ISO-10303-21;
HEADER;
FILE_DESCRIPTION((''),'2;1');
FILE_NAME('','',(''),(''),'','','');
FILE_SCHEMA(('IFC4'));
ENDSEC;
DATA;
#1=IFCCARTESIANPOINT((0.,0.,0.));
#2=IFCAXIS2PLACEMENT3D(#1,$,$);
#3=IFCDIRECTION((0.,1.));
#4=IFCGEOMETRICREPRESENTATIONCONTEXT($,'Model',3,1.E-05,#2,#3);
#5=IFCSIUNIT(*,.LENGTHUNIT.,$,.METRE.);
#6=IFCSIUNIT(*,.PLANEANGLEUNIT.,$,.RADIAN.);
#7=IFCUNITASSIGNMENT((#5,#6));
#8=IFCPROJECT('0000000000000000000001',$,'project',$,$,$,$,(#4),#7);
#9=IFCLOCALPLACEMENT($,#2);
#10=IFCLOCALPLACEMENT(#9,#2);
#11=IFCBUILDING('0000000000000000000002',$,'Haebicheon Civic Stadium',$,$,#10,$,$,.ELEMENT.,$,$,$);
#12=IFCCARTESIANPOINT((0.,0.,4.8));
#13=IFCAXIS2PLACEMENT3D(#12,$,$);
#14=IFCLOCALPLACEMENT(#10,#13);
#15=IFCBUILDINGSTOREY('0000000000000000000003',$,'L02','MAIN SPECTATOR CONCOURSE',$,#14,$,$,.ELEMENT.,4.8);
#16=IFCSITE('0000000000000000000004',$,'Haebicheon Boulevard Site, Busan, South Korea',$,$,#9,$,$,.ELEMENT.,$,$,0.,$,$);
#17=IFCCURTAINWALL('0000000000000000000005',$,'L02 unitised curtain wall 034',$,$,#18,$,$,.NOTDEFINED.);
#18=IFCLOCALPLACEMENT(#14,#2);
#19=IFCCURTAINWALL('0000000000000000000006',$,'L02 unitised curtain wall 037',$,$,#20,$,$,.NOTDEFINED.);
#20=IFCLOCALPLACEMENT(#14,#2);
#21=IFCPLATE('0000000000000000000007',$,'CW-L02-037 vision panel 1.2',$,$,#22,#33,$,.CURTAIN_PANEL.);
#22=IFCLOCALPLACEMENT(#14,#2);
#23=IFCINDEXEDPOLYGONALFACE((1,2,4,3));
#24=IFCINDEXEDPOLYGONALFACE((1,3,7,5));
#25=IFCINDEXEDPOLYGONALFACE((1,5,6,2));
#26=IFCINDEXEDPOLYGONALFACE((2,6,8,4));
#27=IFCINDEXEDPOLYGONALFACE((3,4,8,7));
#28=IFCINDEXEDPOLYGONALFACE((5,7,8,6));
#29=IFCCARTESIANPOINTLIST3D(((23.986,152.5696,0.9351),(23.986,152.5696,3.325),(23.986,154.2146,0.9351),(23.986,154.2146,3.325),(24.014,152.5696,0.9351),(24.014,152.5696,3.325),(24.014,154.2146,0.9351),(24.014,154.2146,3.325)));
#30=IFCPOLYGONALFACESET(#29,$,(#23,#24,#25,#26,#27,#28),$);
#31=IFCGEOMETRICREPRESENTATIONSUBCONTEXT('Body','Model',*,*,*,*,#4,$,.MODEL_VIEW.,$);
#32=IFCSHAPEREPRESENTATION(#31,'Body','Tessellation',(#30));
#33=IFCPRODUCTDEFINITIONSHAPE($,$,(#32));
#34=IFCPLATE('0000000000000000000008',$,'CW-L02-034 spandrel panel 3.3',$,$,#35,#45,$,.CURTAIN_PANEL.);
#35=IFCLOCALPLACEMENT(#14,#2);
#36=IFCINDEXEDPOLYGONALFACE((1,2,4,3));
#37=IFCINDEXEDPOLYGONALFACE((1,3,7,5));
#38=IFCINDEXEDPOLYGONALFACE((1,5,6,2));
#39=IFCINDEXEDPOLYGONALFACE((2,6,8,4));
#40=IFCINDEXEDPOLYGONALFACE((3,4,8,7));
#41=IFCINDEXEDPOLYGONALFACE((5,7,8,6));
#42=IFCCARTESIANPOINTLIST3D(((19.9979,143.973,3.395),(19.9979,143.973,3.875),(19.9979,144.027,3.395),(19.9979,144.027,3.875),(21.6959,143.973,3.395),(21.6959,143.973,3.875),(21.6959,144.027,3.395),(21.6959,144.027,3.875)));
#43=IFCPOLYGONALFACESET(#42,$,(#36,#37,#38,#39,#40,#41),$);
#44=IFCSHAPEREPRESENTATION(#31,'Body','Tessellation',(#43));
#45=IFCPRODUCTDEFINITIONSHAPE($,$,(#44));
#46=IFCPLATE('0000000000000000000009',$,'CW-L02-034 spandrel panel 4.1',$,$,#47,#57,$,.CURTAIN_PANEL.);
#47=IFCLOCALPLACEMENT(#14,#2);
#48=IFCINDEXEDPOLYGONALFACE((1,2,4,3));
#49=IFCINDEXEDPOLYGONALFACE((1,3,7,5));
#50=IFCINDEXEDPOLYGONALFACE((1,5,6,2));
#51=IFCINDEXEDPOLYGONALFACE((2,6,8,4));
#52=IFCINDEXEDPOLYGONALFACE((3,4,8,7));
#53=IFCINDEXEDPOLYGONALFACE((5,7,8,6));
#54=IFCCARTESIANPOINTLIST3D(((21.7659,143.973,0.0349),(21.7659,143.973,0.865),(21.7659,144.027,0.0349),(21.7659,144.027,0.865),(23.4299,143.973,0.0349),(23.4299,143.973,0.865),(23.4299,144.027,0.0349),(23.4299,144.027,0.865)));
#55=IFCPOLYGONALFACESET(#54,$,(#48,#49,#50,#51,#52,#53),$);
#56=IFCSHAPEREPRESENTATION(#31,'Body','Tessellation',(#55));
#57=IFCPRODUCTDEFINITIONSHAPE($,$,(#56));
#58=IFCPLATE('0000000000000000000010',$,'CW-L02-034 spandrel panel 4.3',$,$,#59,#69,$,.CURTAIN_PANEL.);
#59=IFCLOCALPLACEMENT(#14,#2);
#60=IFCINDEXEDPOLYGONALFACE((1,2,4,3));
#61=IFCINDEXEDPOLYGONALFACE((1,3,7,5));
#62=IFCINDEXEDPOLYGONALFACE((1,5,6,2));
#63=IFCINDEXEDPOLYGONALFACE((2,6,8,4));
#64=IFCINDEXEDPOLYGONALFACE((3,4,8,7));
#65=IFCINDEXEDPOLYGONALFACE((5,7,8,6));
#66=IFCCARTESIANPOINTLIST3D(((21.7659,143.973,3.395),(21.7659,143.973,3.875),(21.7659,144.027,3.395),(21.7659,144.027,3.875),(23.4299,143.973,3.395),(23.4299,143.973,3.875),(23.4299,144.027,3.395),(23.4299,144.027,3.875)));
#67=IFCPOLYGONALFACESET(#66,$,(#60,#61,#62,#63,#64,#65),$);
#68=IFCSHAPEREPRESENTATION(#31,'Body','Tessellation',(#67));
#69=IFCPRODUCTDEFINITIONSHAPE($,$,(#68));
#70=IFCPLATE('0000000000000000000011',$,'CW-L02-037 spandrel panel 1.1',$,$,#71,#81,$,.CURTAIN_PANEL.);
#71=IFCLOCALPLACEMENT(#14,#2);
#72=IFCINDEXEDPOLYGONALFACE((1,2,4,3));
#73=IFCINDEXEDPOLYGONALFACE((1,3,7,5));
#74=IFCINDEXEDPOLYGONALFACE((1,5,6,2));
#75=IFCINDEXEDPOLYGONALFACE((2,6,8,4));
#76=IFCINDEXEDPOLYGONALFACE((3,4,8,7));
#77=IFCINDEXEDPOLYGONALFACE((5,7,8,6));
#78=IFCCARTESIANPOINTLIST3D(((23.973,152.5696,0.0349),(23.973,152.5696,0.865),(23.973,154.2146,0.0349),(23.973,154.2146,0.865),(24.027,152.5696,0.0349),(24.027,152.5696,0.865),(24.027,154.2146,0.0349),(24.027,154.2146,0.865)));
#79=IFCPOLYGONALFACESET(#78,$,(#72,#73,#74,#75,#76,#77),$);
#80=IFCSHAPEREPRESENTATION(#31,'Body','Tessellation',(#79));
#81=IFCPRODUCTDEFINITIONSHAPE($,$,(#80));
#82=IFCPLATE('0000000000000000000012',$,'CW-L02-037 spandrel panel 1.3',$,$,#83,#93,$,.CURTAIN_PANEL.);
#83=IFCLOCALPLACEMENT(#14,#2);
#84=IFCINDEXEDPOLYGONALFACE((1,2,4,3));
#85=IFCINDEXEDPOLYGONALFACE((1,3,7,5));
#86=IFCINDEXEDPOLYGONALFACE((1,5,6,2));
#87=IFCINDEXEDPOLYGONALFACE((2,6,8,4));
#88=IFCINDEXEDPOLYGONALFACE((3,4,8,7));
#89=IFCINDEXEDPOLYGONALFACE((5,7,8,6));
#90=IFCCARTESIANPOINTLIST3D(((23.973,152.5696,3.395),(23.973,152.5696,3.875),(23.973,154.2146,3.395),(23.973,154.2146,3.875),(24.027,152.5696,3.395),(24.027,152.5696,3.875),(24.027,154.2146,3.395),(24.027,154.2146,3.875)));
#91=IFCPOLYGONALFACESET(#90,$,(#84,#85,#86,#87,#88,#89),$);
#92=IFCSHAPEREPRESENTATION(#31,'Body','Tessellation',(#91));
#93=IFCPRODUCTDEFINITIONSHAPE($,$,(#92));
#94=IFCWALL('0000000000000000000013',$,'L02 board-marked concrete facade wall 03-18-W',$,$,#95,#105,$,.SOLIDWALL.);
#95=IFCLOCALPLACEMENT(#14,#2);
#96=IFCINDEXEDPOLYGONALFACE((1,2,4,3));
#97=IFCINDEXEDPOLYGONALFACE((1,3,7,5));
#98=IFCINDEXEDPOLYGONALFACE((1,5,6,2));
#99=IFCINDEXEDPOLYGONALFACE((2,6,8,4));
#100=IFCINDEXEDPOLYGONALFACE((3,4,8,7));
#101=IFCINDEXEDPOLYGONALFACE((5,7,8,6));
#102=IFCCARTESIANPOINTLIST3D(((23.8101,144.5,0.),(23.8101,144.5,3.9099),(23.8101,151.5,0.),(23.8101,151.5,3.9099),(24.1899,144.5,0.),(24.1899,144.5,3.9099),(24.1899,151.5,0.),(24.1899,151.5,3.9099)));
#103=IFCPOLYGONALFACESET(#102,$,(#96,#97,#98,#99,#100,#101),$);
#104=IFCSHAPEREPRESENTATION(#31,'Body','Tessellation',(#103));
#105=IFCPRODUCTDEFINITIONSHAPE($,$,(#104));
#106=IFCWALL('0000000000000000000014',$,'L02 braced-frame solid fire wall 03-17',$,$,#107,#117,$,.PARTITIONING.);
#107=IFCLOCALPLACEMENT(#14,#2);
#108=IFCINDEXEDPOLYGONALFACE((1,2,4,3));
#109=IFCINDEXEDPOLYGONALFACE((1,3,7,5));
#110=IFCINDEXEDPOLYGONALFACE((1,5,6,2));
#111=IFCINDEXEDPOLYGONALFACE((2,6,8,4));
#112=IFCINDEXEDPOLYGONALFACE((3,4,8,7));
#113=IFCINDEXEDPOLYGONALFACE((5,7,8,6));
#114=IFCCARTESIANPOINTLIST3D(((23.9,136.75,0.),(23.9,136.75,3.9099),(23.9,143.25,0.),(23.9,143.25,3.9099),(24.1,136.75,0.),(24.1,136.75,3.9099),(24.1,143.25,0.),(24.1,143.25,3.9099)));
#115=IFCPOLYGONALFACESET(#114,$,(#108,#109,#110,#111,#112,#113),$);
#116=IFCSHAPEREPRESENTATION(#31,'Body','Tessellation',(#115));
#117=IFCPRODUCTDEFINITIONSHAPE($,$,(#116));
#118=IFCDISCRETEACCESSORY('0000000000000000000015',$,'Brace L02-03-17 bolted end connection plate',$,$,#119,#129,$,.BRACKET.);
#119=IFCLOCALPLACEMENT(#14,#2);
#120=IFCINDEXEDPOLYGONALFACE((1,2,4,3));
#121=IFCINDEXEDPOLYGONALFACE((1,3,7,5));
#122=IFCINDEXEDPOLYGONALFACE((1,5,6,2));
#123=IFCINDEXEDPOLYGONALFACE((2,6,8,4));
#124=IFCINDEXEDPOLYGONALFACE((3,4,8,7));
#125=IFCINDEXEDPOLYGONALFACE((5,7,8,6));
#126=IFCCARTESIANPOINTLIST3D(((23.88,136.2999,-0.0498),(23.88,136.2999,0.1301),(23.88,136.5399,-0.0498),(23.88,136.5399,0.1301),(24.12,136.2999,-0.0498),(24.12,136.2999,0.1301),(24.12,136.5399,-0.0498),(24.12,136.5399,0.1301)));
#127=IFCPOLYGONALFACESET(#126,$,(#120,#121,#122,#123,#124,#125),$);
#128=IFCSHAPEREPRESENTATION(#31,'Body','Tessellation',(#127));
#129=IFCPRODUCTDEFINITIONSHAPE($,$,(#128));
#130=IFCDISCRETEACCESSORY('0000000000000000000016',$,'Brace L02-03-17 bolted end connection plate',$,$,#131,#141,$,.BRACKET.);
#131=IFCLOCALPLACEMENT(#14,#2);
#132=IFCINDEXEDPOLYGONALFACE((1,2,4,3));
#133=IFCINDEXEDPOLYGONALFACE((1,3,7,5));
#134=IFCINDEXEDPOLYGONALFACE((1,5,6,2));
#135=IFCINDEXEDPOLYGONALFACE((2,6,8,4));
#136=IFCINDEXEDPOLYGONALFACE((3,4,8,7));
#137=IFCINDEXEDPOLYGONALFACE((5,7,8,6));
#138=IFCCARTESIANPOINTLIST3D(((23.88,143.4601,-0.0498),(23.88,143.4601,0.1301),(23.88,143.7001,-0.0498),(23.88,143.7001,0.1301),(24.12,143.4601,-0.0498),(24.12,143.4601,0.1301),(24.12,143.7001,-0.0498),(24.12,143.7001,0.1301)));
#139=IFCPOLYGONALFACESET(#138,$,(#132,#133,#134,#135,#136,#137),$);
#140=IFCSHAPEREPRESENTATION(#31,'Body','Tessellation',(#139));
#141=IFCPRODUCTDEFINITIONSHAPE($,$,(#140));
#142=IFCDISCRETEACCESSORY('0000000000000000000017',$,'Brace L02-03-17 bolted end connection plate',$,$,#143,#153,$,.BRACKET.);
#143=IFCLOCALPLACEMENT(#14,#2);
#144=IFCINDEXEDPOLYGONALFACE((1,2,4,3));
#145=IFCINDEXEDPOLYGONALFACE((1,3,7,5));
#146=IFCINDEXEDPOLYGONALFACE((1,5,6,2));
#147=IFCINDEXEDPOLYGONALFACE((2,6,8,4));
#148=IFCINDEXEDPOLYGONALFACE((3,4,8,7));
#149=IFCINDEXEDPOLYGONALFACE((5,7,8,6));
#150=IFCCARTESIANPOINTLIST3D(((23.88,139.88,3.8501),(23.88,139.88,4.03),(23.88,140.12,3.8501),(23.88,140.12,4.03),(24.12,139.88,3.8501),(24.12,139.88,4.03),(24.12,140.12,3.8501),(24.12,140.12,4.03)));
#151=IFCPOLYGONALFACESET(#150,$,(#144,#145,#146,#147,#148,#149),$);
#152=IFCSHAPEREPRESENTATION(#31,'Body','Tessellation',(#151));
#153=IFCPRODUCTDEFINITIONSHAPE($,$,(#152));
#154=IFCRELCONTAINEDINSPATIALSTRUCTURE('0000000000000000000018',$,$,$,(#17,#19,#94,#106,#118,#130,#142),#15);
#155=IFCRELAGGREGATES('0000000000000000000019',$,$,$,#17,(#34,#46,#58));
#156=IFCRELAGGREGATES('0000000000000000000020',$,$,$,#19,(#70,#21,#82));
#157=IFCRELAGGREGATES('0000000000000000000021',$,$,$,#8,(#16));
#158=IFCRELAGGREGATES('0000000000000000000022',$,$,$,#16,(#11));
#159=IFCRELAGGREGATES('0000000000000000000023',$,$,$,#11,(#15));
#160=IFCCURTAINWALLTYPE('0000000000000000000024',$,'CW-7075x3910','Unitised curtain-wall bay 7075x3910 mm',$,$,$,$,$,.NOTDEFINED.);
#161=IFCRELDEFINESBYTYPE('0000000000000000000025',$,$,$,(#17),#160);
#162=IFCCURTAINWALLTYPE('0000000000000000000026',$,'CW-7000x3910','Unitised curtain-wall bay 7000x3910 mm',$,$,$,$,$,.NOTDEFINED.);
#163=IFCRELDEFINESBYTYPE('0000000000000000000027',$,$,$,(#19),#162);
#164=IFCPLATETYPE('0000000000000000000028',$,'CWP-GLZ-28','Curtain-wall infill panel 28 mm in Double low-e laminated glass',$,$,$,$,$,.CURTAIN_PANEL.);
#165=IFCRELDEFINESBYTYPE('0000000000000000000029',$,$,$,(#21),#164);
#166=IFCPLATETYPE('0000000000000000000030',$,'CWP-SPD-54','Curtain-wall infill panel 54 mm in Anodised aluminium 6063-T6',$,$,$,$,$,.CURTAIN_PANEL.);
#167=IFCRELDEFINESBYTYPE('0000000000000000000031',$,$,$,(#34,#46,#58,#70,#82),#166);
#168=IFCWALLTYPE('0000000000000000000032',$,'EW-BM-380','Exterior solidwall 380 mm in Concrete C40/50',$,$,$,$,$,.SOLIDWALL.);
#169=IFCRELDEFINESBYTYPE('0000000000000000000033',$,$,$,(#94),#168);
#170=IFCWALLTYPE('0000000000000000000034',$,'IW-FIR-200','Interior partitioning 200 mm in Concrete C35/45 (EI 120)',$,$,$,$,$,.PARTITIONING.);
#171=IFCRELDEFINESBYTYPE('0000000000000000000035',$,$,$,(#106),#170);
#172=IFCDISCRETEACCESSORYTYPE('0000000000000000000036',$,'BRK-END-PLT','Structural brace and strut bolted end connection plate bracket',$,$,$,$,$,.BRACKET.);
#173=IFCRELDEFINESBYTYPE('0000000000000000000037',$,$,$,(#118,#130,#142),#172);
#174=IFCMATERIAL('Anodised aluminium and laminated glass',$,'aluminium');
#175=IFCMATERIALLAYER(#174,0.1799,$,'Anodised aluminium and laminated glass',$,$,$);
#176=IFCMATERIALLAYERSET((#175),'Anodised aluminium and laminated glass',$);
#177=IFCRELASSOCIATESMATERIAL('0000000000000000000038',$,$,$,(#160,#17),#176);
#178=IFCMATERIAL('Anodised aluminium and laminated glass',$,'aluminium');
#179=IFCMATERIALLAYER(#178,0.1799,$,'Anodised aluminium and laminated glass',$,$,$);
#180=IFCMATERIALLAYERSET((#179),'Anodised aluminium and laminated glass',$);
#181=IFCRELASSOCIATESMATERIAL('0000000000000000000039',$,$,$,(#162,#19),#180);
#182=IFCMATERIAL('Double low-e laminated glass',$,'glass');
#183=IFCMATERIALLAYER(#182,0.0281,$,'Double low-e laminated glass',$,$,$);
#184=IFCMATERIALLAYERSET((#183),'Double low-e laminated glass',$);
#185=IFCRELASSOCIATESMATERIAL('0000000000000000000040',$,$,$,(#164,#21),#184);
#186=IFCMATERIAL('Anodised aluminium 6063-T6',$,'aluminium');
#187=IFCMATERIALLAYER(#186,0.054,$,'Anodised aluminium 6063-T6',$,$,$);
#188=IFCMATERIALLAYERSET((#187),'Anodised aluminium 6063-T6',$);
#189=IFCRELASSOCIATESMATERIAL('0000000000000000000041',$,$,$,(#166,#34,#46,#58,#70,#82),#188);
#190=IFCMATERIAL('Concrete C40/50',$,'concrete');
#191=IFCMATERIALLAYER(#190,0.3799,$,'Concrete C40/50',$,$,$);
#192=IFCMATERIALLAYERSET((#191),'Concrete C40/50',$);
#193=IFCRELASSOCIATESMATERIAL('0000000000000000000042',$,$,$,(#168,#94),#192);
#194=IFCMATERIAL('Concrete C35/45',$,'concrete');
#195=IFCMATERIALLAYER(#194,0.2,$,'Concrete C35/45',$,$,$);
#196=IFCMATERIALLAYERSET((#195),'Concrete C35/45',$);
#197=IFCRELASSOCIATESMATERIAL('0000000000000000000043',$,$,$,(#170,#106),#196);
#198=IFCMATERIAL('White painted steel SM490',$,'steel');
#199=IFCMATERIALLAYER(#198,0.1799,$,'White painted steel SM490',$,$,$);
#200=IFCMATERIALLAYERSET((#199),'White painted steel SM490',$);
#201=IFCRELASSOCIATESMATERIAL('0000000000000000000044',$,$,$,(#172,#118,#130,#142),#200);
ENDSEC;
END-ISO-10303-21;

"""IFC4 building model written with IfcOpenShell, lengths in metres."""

from ifc_helpers import new_model, si_unit, direction, frame, frame_2d, origin, origin_2d, place, context, subcontext, project, spatial, rectangle, extrude, material, layer, layer_set, type_object, element, aggregate, save


model = new_model("IFC4")

# Units and contexts
model_context = context("Model", 3, precision=1e-05, world=origin(), true_north=direction((0.0, 1.0)))
body_context = subcontext(model_context, "Body", "Model", "MODEL_VIEW")
ifc_project = project(units=[si_unit("LENGTHUNIT", "METRE"), si_unit("PLANEANGLEUNIT", "RADIAN")], contexts=[model_context])

# Site, building, storey
site_placement = place(None, origin())
site = spatial("IfcSite", under=ifc_project, at=site_placement, Name="Haebicheon Boulevard Site, Busan, South Korea", CompositionType="ELEMENT", RefElevation=0.0)
building_placement = place(site_placement, origin())
building = spatial("IfcBuilding", under=site, at=building_placement, Name="Haebicheon Civic Stadium", CompositionType="ELEMENT")
storey_placement = place(building_placement, frame((0.0, 0.0, 4.8)))
storey = spatial("IfcBuildingStorey", under=building, at=storey_placement, Name="L02", Description="MAIN SPECTATOR CONCOURSE", CompositionType="ELEMENT", Elevation=4.8)

# Curtain walls
ifc_material_1 = material(Name="Anodised aluminium and laminated glass", Category="aluminium")
ifc_layer_1 = layer(ifc_material_1, 0.1799, Name="Anodised aluminium and laminated glass")
ifc_layer_set_1 = layer_set([ifc_layer_1], Name="Anodised aluminium and laminated glass")
curtain_wall_type_1 = type_object("IfcCurtainWallType", Name="CW-7075x3910", Description="Unitised curtain-wall bay 7075x3910 mm", PredefinedType="NOTDEFINED", material=ifc_layer_set_1)
curtain_wall_1_placement = place(storey_placement, origin())
curtain_wall_1 = element("IfcCurtainWall", 1, at=curtain_wall_1_placement, inside=storey, type_object=curtain_wall_type_1, material=ifc_layer_set_1, Name="L02 unitised curtain wall 034", PredefinedType="NOTDEFINED")
ifc_material_2 = material(Name="Anodised aluminium and laminated glass", Category="aluminium")
ifc_layer_2 = layer(ifc_material_2, 0.1799, Name="Anodised aluminium and laminated glass")
ifc_layer_set_2 = layer_set([ifc_layer_2], Name="Anodised aluminium and laminated glass")
curtain_wall_type_2 = type_object("IfcCurtainWallType", Name="CW-7000x3910", Description="Unitised curtain-wall bay 7000x3910 mm", PredefinedType="NOTDEFINED", material=ifc_layer_set_2)
curtain_wall_2_placement = place(storey_placement, origin())
curtain_wall_2 = element("IfcCurtainWall", 2, at=curtain_wall_2_placement, inside=storey, type_object=curtain_wall_type_2, material=ifc_layer_set_2, Name="L02 unitised curtain wall 037", PredefinedType="NOTDEFINED")

# Plates
ifc_material_3 = material(Name="Double low-e laminated glass", Category="glass")
ifc_layer_3 = layer(ifc_material_3, 0.0281, Name="Double low-e laminated glass")
ifc_layer_set_3 = layer_set([ifc_layer_3], Name="Double low-e laminated glass")
plate_type_1 = type_object("IfcPlateType", Name="CWP-GLZ-28", Description="Curtain-wall infill panel 28 mm in Double low-e laminated glass", PredefinedType="CURTAIN_PANEL", material=ifc_layer_set_3)
plate_1_placement = place(storey_placement, frame((24.0, 153.3921, 0.9351), z_axis=(0.0, 0.0, 1.0), x_axis=(0.0, 1.0, 0.0)))
plate_1 = element("IfcPlate", 3, at=plate_1_placement, type_object=plate_type_1, material=ifc_layer_set_3, Name="CW-L02-037 vision panel 1.2", PredefinedType="CURTAIN_PANEL", context=body_context, shape_type="SweptSolid", body=[
    extrude(rectangle(XDim=1.645, YDim=0.0281, at=origin_2d()), origin(), (0.0, 0.0, 1.0), 2.3899),
])
ifc_material_4 = material(Name="Anodised aluminium 6063-T6", Category="aluminium")
ifc_layer_4 = layer(ifc_material_4, 0.054, Name="Anodised aluminium 6063-T6")
ifc_layer_set_4 = layer_set([ifc_layer_4], Name="Anodised aluminium 6063-T6")
plate_type_2 = type_object("IfcPlateType", Name="CWP-SPD-54", Description="Curtain-wall infill panel 54 mm in Anodised aluminium 6063-T6", PredefinedType="CURTAIN_PANEL", material=ifc_layer_set_4)
plate_2_placement = place(storey_placement, frame((20.8469, 144.0, 3.395), z_axis=(0.0, 0.0, 1.0), x_axis=(1.0, 0.0, 0.0)))
plate_2 = element("IfcPlate", 4, at=plate_2_placement, type_object=plate_type_2, material=ifc_layer_set_4, Name="CW-L02-034 spandrel panel 3.3", PredefinedType="CURTAIN_PANEL", context=body_context, shape_type="SweptSolid", body=[
    extrude(rectangle(XDim=1.698, YDim=0.054, at=origin_2d()), origin(), (0.0, 0.0, 1.0), 0.48),
])
plate_3_placement = place(storey_placement, frame((22.5979, 144.0, 0.0349), z_axis=(0.0, 0.0, 1.0), x_axis=(1.0, 0.0, 0.0)))
plate_3 = element("IfcPlate", 5, at=plate_3_placement, type_object=plate_type_2, material=ifc_layer_set_4, Name="CW-L02-034 spandrel panel 4.1", PredefinedType="CURTAIN_PANEL", context=body_context, shape_type="SweptSolid", body=[
    extrude(rectangle(XDim=1.6641, YDim=0.054, at=origin_2d()), origin(), (0.0, 0.0, 1.0), 0.8301),
])
plate_4_placement = place(storey_placement, frame((22.5979, 144.0, 3.395), z_axis=(0.0, 0.0, 1.0), x_axis=(1.0, 0.0, 0.0)))
plate_4 = element("IfcPlate", 6, at=plate_4_placement, type_object=plate_type_2, material=ifc_layer_set_4, Name="CW-L02-034 spandrel panel 4.3", PredefinedType="CURTAIN_PANEL", context=body_context, shape_type="SweptSolid", body=[
    extrude(rectangle(XDim=1.6641, YDim=0.054, at=origin_2d()), origin(), (0.0, 0.0, 1.0), 0.48),
])
aggregate(curtain_wall_1, [plate_2, plate_3, plate_4])
plate_5_placement = place(storey_placement, frame((24.0, 153.3921, 0.0349), z_axis=(0.0, 0.0, 1.0), x_axis=(0.0, 1.0, 0.0)))
plate_5 = element("IfcPlate", 7, at=plate_5_placement, type_object=plate_type_2, material=ifc_layer_set_4, Name="CW-L02-037 spandrel panel 1.1", PredefinedType="CURTAIN_PANEL", context=body_context, shape_type="SweptSolid", body=[
    extrude(rectangle(XDim=1.645, YDim=0.054, at=origin_2d()), origin(), (0.0, 0.0, 1.0), 0.8301),
])
plate_6_placement = place(storey_placement, frame((24.0, 153.3921, 3.395), z_axis=(0.0, 0.0, 1.0), x_axis=(0.0, 1.0, 0.0)))
plate_6 = element("IfcPlate", 8, at=plate_6_placement, type_object=plate_type_2, material=ifc_layer_set_4, Name="CW-L02-037 spandrel panel 1.3", PredefinedType="CURTAIN_PANEL", context=body_context, shape_type="SweptSolid", body=[
    extrude(rectangle(XDim=1.645, YDim=0.054, at=origin_2d()), origin(), (0.0, 0.0, 1.0), 0.48),
])
aggregate(curtain_wall_2, [plate_5, plate_1, plate_6])

# Walls
ifc_material_5 = material(Name="Concrete C40/50", Category="concrete")
ifc_layer_5 = layer(ifc_material_5, 0.3799, Name="Concrete C40/50")
ifc_layer_set_5 = layer_set([ifc_layer_5], Name="Concrete C40/50")
wall_type_1 = type_object("IfcWallType", Name="EW-BM-380", Description="Exterior solidwall 380 mm in Concrete C40/50", PredefinedType="SOLIDWALL", material=ifc_layer_set_5)
wall_1_placement = place(storey_placement, frame((24.0, 144.5, 0.0), z_axis=(0.0, 0.0, 1.0), x_axis=(0.0, 1.0, 0.0)))
element("IfcWall", 9, at=wall_1_placement, inside=storey, type_object=wall_type_1, material=ifc_layer_set_5, Name="L02 board-marked concrete facade wall 03-18-W", PredefinedType="SOLIDWALL", context=body_context, shape_type="SweptSolid", body=[
    extrude(rectangle(XDim=7.0, YDim=0.3799, at=frame_2d((3.5, 0.0))), origin(), (0.0, 0.0, 1.0), 3.9099),
])
ifc_material_6 = material(Name="Concrete C35/45", Category="concrete")
ifc_layer_6 = layer(ifc_material_6, 0.2, Name="Concrete C35/45")
ifc_layer_set_6 = layer_set([ifc_layer_6], Name="Concrete C35/45")
wall_type_2 = type_object("IfcWallType", Name="IW-FIR-200", Description="Interior partitioning 200 mm in Concrete C35/45 (EI 120)", PredefinedType="PARTITIONING", material=ifc_layer_set_6)
wall_2_placement = place(storey_placement, frame((24.0, 136.75, 0.0), z_axis=(0.0, 0.0, 1.0), x_axis=(0.0, 1.0, 0.0)))
element("IfcWall", 10, at=wall_2_placement, inside=storey, type_object=wall_type_2, material=ifc_layer_set_6, Name="L02 braced-frame solid fire wall 03-17", PredefinedType="PARTITIONING", context=body_context, shape_type="SweptSolid", body=[
    extrude(rectangle(XDim=6.5, YDim=0.2, at=frame_2d((3.25, 0.0))), origin(), (0.0, 0.0, 1.0), 3.9099),
])

# Discrete accessories
ifc_material_7 = material(Name="White painted steel SM490", Category="steel")
ifc_layer_7 = layer(ifc_material_7, 0.1799, Name="White painted steel SM490")
ifc_layer_set_7 = layer_set([ifc_layer_7], Name="White painted steel SM490")
discrete_accessory_type = type_object("IfcDiscreteAccessoryType", Name="BRK-END-PLT", Description="Structural brace and strut bolted end connection plate bracket", PredefinedType="BRACKET", material=ifc_layer_set_7)
for number, where, z_axis, x_axis, name in (
    (11, (24.0, 136.4199, -0.0498), (0.0, 0.0, 1.0), (1.0, 0.0, 0.0), "Brace L02-03-17 bolted end connection plate"),
    (12, (24.0, 143.5801, -0.0498), (0.0, 0.0, 1.0), (1.0, 0.0, 0.0), "Brace L02-03-17 bolted end connection plate"),
    (13, (24.0, 140.0, 3.8501), (0.0, 0.0, 1.0), (1.0, 0.0, 0.0), "Brace L02-03-17 bolted end connection plate"),
):
    element("IfcDiscreteAccessory", number, at=place(storey_placement, frame(where, z_axis=z_axis, x_axis=x_axis)), inside=storey, type_object=discrete_accessory_type, material=ifc_layer_set_7, Name=name, PredefinedType="BRACKET", context=body_context, shape_type="SweptSolid", body=[
        extrude(rectangle(XDim=0.24, YDim=0.24, at=origin_2d()), origin(), (0.0, 0.0, 1.0), 0.1799),
    ])

save(model, "model.ifc")
